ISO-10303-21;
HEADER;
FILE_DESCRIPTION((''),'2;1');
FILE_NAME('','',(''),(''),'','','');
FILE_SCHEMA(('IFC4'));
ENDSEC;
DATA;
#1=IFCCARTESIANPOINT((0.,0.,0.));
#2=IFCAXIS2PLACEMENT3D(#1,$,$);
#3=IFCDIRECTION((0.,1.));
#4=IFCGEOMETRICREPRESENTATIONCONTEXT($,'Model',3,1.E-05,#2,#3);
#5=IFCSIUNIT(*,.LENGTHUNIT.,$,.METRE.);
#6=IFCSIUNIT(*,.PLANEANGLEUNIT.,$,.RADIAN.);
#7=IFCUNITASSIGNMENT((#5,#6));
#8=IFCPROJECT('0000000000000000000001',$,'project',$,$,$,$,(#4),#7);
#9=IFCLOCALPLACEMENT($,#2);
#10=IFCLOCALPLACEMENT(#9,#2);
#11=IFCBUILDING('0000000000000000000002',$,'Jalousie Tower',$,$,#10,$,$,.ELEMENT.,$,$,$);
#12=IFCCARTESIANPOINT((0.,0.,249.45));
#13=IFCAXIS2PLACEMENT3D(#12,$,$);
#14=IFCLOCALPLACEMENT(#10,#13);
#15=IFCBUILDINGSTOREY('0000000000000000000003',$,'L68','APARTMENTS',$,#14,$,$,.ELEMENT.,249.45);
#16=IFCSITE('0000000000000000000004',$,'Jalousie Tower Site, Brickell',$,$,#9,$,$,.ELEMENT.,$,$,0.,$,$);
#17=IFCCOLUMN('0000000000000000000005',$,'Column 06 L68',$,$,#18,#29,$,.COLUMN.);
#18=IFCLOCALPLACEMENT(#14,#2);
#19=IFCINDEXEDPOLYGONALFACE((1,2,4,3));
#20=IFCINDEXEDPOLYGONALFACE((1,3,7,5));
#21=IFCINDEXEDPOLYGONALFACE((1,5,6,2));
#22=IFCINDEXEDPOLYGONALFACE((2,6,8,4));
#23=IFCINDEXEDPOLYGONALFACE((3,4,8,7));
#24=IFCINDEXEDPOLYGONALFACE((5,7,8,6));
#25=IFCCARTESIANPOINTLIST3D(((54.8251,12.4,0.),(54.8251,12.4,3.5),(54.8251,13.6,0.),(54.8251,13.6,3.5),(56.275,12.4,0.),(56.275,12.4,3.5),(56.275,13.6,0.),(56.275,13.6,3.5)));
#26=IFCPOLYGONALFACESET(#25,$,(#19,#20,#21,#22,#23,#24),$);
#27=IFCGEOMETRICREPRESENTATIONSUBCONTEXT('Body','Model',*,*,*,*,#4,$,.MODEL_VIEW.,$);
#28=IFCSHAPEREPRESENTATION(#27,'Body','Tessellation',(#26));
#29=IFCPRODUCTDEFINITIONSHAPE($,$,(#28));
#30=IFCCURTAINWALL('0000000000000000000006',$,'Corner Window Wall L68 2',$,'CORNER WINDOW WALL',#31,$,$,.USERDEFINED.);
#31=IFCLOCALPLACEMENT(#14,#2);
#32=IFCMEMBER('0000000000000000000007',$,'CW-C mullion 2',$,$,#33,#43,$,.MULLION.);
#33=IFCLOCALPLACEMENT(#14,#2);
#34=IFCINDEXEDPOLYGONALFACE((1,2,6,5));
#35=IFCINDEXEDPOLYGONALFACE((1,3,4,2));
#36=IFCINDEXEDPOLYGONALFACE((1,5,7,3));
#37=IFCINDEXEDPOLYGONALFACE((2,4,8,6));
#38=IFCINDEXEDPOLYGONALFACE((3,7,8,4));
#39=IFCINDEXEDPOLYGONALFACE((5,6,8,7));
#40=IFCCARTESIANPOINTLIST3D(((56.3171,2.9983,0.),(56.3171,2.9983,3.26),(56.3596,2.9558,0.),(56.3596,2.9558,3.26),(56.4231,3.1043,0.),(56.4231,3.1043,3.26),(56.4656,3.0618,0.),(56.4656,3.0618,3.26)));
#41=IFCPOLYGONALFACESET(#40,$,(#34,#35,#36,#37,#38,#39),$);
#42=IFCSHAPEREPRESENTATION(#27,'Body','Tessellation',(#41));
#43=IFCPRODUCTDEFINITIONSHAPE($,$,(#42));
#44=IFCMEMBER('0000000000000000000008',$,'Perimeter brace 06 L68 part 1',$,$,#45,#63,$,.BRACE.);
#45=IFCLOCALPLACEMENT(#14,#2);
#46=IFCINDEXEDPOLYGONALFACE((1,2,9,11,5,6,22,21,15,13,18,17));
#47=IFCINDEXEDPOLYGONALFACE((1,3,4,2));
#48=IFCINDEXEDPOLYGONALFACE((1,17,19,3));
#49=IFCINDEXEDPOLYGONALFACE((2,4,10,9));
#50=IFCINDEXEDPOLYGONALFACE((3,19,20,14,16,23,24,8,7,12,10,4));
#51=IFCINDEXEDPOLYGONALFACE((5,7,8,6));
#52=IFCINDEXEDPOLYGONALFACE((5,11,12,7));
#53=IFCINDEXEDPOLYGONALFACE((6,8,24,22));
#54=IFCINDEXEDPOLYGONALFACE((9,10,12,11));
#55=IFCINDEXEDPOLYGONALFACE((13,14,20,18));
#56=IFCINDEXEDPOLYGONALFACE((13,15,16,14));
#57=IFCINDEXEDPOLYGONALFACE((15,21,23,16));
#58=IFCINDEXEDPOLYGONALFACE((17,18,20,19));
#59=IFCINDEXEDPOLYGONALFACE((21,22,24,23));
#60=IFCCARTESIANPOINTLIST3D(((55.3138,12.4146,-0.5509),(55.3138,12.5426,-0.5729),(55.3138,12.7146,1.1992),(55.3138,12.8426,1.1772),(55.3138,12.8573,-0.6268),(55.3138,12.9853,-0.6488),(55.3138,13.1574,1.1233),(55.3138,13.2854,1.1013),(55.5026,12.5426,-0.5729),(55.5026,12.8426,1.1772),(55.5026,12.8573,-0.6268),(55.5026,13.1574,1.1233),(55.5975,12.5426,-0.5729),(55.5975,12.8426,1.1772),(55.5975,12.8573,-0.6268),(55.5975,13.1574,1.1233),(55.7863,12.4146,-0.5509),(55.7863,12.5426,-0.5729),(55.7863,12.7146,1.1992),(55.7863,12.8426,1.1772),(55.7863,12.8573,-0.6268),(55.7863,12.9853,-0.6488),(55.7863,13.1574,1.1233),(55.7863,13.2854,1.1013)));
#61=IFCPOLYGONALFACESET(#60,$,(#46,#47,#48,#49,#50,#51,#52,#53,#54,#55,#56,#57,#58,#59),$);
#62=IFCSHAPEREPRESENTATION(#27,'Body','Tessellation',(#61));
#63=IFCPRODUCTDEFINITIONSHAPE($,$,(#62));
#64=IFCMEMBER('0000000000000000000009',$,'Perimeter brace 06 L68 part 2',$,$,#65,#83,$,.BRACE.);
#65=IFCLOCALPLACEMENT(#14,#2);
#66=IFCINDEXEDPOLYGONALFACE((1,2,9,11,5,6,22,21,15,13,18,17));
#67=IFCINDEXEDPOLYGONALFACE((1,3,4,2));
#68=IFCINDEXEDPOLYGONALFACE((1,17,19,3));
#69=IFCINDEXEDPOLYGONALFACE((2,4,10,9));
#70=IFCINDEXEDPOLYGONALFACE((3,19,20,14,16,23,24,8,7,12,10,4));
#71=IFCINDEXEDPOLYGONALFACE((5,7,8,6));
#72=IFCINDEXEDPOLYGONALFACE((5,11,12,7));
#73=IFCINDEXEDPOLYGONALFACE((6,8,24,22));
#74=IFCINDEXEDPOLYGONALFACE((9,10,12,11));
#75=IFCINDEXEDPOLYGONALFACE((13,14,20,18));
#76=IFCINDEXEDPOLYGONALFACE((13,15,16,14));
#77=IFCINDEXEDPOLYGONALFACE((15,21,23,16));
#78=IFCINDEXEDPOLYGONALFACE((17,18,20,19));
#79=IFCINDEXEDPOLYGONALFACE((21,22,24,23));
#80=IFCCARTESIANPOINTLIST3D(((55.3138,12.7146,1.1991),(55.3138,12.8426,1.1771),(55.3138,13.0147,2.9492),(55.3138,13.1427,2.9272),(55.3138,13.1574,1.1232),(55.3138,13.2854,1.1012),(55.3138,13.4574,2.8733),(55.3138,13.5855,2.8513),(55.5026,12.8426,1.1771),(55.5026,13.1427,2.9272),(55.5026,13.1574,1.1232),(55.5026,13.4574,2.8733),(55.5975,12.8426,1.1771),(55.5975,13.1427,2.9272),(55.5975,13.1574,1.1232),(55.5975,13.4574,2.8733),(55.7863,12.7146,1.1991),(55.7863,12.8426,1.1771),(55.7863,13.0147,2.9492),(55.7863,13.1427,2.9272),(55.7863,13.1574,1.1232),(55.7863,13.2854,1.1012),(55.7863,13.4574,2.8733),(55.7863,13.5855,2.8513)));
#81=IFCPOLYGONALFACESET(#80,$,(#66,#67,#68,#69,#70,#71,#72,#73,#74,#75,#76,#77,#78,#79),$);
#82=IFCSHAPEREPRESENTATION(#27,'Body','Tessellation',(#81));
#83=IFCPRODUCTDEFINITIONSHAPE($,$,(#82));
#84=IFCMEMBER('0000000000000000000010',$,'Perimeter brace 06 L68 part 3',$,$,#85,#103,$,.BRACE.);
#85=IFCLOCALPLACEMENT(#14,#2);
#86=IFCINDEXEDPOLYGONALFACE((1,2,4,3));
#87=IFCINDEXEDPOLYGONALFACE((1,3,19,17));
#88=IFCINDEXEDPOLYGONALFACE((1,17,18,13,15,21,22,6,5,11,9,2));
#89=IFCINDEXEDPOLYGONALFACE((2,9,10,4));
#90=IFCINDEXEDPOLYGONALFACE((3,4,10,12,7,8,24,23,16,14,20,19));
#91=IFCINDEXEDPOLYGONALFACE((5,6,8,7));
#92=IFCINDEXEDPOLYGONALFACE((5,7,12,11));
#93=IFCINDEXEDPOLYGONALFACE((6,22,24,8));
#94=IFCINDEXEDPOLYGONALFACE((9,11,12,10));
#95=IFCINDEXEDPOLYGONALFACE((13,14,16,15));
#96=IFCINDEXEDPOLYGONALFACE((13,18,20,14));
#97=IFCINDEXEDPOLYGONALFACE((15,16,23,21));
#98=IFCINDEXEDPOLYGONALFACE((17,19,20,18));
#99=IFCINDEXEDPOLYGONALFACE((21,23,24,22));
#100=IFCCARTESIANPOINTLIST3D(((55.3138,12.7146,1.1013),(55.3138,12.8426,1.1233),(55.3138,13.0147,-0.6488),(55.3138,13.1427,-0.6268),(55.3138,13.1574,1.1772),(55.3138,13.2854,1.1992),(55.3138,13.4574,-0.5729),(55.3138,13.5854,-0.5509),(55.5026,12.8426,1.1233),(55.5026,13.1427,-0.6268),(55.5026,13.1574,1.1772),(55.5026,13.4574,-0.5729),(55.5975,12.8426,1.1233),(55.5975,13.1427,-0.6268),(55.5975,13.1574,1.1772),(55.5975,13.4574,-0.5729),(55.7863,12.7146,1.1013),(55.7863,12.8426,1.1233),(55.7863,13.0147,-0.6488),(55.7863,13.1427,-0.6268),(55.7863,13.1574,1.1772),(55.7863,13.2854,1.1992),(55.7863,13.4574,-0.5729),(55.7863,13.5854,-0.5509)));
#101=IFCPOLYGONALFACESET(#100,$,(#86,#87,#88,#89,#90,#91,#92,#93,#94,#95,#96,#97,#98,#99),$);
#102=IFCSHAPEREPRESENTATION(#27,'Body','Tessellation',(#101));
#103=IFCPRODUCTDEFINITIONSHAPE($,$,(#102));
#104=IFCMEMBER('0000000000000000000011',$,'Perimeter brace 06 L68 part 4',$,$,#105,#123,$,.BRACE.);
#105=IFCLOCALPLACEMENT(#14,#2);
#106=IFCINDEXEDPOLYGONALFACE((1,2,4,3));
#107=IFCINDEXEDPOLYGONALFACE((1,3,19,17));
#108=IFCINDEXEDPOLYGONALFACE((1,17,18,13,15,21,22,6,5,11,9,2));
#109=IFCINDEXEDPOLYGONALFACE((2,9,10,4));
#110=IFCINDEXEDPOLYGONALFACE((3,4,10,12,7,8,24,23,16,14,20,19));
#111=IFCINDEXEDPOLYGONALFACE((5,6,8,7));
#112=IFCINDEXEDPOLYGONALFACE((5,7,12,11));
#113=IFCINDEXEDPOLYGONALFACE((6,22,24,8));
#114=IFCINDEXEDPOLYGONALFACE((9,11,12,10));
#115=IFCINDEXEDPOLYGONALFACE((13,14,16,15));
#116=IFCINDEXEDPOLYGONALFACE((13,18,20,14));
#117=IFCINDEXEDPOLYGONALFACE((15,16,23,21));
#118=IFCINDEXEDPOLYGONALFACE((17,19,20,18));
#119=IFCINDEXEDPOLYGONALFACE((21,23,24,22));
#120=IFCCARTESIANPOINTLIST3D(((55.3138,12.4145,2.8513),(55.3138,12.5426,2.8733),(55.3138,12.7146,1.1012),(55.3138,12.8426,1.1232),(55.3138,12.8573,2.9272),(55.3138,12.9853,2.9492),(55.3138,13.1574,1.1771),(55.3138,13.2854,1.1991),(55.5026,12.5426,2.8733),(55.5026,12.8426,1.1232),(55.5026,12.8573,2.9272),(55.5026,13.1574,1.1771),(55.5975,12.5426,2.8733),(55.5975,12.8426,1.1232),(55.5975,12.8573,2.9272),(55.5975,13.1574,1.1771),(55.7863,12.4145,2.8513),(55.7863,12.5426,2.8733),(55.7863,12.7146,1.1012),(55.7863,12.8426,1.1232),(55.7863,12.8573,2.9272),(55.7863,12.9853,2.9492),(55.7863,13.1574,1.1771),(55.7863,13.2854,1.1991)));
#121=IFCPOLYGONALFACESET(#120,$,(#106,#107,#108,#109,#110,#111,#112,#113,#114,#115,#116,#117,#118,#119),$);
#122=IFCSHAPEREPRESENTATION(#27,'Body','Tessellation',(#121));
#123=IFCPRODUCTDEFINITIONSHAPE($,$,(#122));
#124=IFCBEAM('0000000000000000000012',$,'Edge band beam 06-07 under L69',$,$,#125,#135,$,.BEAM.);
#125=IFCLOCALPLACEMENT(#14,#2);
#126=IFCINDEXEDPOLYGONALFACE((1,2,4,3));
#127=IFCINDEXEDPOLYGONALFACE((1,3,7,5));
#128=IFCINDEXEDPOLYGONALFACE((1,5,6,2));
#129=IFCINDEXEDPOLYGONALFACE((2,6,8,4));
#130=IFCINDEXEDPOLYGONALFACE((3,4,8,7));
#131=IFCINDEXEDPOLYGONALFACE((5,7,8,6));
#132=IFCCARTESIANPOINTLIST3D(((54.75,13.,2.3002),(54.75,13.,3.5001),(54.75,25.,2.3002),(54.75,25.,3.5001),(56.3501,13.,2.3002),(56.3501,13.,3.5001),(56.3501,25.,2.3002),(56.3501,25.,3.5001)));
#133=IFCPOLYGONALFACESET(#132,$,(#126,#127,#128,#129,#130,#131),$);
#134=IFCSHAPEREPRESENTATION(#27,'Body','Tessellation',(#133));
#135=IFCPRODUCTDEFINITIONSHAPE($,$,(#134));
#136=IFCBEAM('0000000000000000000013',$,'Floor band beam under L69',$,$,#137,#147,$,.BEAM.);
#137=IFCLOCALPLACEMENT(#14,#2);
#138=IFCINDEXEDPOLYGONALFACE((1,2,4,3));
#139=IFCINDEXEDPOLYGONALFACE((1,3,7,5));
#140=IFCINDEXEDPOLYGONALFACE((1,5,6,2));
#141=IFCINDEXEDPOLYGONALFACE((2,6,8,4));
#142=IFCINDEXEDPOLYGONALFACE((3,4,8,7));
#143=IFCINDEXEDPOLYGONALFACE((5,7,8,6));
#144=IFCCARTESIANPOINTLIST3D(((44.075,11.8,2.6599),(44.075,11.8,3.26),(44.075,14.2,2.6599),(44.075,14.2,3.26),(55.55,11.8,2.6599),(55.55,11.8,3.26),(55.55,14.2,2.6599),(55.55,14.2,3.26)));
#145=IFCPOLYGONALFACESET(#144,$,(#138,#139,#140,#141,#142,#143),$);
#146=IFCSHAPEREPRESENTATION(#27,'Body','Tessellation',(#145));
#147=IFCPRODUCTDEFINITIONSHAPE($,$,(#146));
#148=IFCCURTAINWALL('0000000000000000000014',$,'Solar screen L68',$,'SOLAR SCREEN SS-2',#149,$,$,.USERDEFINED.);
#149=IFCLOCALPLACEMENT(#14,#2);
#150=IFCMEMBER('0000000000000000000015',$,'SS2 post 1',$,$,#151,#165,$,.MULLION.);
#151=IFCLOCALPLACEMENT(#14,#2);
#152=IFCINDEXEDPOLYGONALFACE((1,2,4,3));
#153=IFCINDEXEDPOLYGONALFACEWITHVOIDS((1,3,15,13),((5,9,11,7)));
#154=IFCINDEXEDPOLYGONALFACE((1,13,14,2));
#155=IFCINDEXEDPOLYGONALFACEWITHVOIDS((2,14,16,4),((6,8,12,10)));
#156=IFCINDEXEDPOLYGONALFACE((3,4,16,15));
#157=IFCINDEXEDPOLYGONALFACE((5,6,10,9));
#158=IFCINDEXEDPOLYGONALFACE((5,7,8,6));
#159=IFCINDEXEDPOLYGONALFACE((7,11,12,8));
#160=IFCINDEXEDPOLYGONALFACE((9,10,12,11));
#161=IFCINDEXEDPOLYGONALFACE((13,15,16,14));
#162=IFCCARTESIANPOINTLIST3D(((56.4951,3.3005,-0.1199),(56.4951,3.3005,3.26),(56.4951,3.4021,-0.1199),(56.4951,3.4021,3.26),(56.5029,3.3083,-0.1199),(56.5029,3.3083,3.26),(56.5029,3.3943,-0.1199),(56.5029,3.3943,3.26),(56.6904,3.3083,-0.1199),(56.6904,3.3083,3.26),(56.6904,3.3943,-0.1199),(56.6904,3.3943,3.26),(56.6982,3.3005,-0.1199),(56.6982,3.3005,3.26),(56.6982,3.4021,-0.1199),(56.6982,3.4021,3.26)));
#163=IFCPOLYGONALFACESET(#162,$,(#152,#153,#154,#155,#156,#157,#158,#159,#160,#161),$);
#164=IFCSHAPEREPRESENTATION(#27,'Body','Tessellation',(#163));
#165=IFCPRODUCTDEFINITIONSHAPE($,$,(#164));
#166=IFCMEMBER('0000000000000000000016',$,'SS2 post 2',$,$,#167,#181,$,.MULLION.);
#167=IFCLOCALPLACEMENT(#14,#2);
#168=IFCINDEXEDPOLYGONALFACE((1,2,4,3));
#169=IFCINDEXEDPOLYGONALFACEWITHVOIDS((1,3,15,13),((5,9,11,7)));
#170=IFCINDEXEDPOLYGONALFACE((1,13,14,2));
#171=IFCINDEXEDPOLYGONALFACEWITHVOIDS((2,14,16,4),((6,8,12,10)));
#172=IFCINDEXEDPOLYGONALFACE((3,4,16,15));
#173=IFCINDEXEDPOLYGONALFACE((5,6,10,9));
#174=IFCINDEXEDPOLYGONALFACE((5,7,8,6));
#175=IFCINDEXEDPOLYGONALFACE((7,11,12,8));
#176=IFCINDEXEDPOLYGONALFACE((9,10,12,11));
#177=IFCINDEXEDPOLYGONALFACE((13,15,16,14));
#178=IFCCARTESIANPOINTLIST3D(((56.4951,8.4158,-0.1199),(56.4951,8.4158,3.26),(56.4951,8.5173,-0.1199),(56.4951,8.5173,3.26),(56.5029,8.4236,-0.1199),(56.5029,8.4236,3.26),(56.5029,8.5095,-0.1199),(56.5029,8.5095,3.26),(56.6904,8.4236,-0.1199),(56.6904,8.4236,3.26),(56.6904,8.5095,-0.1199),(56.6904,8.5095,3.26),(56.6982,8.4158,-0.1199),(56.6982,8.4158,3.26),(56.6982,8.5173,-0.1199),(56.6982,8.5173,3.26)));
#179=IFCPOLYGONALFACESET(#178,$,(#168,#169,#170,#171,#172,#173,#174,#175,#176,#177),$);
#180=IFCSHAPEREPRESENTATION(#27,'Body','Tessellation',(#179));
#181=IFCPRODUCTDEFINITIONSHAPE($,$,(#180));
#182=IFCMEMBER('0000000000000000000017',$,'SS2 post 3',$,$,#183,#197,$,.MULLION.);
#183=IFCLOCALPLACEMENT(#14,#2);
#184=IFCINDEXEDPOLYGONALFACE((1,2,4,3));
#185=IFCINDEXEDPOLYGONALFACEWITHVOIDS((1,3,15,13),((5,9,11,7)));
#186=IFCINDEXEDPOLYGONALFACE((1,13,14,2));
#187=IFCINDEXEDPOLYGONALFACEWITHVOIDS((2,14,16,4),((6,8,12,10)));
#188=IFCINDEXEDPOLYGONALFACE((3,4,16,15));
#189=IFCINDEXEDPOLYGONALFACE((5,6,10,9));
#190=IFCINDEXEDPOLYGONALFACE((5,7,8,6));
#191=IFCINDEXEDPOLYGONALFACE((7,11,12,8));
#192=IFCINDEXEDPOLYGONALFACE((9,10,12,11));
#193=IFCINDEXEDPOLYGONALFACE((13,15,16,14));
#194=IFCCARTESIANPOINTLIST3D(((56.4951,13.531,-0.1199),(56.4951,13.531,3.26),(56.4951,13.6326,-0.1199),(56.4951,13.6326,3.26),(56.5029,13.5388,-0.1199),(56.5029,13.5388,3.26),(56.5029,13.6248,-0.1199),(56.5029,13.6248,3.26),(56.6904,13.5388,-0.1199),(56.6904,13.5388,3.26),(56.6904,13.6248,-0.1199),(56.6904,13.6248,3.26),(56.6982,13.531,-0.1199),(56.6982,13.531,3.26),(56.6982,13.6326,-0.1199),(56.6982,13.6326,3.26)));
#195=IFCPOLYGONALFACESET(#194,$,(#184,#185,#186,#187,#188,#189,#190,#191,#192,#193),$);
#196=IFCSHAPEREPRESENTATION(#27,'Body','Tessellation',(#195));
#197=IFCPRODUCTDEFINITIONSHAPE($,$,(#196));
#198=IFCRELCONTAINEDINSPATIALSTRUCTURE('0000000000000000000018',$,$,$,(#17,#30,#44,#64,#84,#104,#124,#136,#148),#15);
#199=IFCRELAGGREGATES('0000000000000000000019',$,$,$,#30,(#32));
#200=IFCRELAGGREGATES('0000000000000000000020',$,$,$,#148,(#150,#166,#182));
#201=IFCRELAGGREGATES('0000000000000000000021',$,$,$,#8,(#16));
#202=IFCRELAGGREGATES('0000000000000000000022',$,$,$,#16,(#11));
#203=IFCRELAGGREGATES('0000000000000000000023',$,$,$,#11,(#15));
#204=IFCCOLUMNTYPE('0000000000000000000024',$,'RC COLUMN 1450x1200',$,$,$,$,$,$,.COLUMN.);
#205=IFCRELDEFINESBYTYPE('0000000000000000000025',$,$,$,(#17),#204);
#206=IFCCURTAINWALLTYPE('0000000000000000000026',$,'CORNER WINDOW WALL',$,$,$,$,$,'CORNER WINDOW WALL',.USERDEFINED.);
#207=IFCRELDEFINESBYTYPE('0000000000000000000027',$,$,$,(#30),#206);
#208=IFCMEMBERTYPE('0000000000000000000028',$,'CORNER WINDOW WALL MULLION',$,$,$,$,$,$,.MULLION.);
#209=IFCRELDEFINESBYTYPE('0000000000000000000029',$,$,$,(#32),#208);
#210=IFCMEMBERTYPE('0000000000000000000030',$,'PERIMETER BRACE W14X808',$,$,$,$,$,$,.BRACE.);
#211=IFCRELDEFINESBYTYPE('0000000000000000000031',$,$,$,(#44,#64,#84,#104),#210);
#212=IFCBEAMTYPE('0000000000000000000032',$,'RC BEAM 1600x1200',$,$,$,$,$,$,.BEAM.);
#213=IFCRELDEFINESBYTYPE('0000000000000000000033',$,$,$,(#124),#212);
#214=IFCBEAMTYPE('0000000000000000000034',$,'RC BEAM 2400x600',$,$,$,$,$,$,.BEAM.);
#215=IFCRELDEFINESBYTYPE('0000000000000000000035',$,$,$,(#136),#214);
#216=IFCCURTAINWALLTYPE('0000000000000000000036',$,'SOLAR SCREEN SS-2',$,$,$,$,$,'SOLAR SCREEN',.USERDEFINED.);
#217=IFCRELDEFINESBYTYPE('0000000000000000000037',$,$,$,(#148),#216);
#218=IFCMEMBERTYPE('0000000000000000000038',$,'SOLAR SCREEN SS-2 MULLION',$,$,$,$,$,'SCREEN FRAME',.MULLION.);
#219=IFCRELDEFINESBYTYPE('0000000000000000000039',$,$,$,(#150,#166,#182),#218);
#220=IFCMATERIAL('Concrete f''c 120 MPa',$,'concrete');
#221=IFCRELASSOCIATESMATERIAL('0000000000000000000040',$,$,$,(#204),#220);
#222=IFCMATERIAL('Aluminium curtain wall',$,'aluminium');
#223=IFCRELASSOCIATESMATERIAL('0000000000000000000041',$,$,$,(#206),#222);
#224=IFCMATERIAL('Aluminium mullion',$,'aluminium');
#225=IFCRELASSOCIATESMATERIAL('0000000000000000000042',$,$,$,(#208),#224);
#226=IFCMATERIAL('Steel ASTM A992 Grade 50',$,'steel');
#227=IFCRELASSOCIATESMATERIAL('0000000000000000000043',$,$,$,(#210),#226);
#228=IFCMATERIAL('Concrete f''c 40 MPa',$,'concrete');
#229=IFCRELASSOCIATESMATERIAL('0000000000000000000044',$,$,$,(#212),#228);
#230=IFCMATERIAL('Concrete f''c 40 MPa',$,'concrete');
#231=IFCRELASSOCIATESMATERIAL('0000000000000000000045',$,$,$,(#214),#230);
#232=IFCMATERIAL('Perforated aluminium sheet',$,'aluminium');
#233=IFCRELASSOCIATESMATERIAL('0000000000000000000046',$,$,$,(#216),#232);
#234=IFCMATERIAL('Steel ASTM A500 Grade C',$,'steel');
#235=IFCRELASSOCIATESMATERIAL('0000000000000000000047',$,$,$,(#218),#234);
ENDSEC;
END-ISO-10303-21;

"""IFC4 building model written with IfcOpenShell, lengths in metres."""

from ifc_helpers import new_model, si_unit, direction, frame, origin, origin_2d, place, context, subcontext, project, spatial, rectangle, hollow_rectangle, i_section, extrude, material, material_profile, profile_set, type_object, element, aggregate, save


model = new_model("IFC4")

# Units and contexts
model_context = context("Model", 3, precision=1e-05, world=origin(), true_north=direction((0.0, 1.0)))
body_context = subcontext(model_context, "Body", "Model", "MODEL_VIEW")
ifc_project = project(units=[si_unit("LENGTHUNIT", "METRE"), si_unit("PLANEANGLEUNIT", "RADIAN")], contexts=[model_context])

# Site, building, storey
site_placement = place(None, origin())
site = spatial("IfcSite", under=ifc_project, at=site_placement, Name="Jalousie Tower Site, Brickell", CompositionType="ELEMENT", RefElevation=0.0)
building_placement = place(site_placement, origin())
building = spatial("IfcBuilding", under=site, at=building_placement, Name="Jalousie Tower", CompositionType="ELEMENT")
storey_placement = place(building_placement, frame((0.0, 0.0, 249.45)))
storey = spatial("IfcBuildingStorey", under=building, at=storey_placement, Name="L68", Description="APARTMENTS", CompositionType="ELEMENT", Elevation=249.45)

# Column
ifc_material_1 = material(Name="Concrete f'c 120 MPa", Category="concrete")
ifc_material_profile_1 = material_profile(ifc_material_1, rectangle(XDim=1.45, YDim=1.2, at=origin_2d()), Name="RC 1450x1200")
ifc_profile_set_1 = profile_set([ifc_material_profile_1], Name="Concrete f'c 120 MPa")
column_type = type_object("IfcColumnType", Name="RC COLUMN 1450x1200", PredefinedType="COLUMN", material=ifc_profile_set_1)
column_placement = place(storey_placement, frame((55.55, 13.0, 0.0), z_axis=(0.0, 0.0, 1.0), x_axis=(1.0, 0.0, 0.0)))
element("IfcColumn", 1, at=column_placement, inside=storey, type_object=column_type, Name="Column 06 L68", PredefinedType="COLUMN", context=body_context, shape_type="SweptSolid", body=[
    extrude(rectangle(XDim=1.45, YDim=1.2, at=origin_2d()), origin(), (0.0, 0.0, 1.0), 3.5),
])

# Curtain wall, member
ifc_material_2 = material(Name="Aluminium curtain wall", Category="aluminium")
curtain_wall_type_1 = type_object("IfcCurtainWallType", Name="CORNER WINDOW WALL", ElementType="CORNER WINDOW WALL", PredefinedType="USERDEFINED", material=ifc_material_2)
curtain_wall_1_placement = place(storey_placement, origin())
curtain_wall_1 = element("IfcCurtainWall", 2, at=curtain_wall_1_placement, inside=storey, type_object=curtain_wall_type_1, Name="Corner Window Wall L68 2", ObjectType="CORNER WINDOW WALL", PredefinedType="USERDEFINED")
ifc_material_3 = material(Name="Aluminium mullion", Category="aluminium")
ifc_material_profile_2 = material_profile(ifc_material_3, rectangle(XDim=0.0601, YDim=0.1499, at=origin_2d()), Name="MULLION 60x150")
ifc_profile_set_2 = profile_set([ifc_material_profile_2], Name="Aluminium mullion")
member_type_1 = type_object("IfcMemberType", Name="CORNER WINDOW WALL MULLION", PredefinedType="MULLION", material=ifc_profile_set_2)
member_1_placement = place(storey_placement, frame((56.3914, 3.03, 0.0), z_axis=(0.0, 0.0, 1.0), x_axis=(-0.707107, 0.707107, 0.0)))
member_1 = element("IfcMember", 3, at=member_1_placement, type_object=member_type_1, Name="CW-C mullion 2", PredefinedType="MULLION", context=body_context, shape_type="SweptSolid", body=[
    extrude(rectangle(XDim=0.0601, YDim=0.1499, at=origin_2d()), origin(), (0.0, 0.0, 1.0), 3.26),
])
aggregate(curtain_wall_1, [member_1])

# Members
ifc_material_4 = material(Name="Steel ASTM A992 Grade 50", Category="steel")
ifc_material_profile_3 = material_profile(ifc_material_4, i_section(OverallWidth=0.4724, OverallDepth=0.5791, WebThickness=0.095, FlangeThickness=0.1299, at=origin_2d()), Name="W14X808")
ifc_profile_set_3 = profile_set([ifc_material_profile_3], Name="Steel ASTM A992 Grade 50")
member_type_2 = type_object("IfcMemberType", Name="PERIMETER BRACE W14X808", PredefinedType="BRACE", material=ifc_profile_set_3)
for number, where, z_axis, x_axis, name in (
    (4, (55.55, 12.7, -0.5999), (0.0, 0.168991, 0.985618), (-1.0, 0.0, 0.0), "Perimeter brace 06 L68 part 1"),
    (5, (55.55, 13.0, 1.1501), (0.0, 0.168991, 0.985618), (-1.0, 0.0, 0.0), "Perimeter brace 06 L68 part 2"),
    (6, (55.55, 13.3, -0.5999), (0.0, -0.168991, 0.985618), (1.0, 0.0, 0.0), "Perimeter brace 06 L68 part 3"),
    (7, (55.55, 13.0, 1.1501), (0.0, -0.168991, 0.985618), (1.0, 0.0, 0.0), "Perimeter brace 06 L68 part 4"),
):
    element("IfcMember", number, at=place(storey_placement, frame(where, z_axis=z_axis, x_axis=x_axis)), inside=storey, type_object=member_type_2, Name=name, PredefinedType="BRACE", context=body_context, shape_type="SweptSolid", body=[
        extrude(i_section(OverallWidth=0.4724, OverallDepth=0.5791, WebThickness=0.095, FlangeThickness=0.1299, at=origin_2d()), origin(), (0.0, 0.0, 1.0), 1.7756),
    ])

# Beams
ifc_material_5 = material(Name="Concrete f'c 40 MPa", Category="concrete")
ifc_material_profile_4 = material_profile(ifc_material_5, rectangle(XDim=1.6001, YDim=1.2, at=origin_2d()), Name="RC 1600x1200")
ifc_profile_set_4 = profile_set([ifc_material_profile_4], Name="Concrete f'c 40 MPa")
beam_type_1 = type_object("IfcBeamType", Name="RC BEAM 1600x1200", PredefinedType="BEAM", material=ifc_profile_set_4)
beam_1_placement = place(storey_placement, frame((55.55, 13.0, 2.9001), z_axis=(0.0, 1.0, 0.0), x_axis=(-1.0, 0.0, 0.0)))
element("IfcBeam", 8, at=beam_1_placement, inside=storey, type_object=beam_type_1, Name="Edge band beam 06-07 under L69", PredefinedType="BEAM", context=body_context, shape_type="SweptSolid", body=[
    extrude(rectangle(XDim=1.6001, YDim=1.2, at=origin_2d()), origin(), (0.0, 0.0, 1.0), 12.0),
])
ifc_material_6 = material(Name="Concrete f'c 40 MPa", Category="concrete")
ifc_material_profile_5 = material_profile(ifc_material_6, rectangle(XDim=2.3999, YDim=0.6001, at=origin_2d()), Name="RC 2400x600")
ifc_profile_set_5 = profile_set([ifc_material_profile_5], Name="Concrete f'c 40 MPa")
beam_type_2 = type_object("IfcBeamType", Name="RC BEAM 2400x600", PredefinedType="BEAM", material=ifc_profile_set_5)
beam_2_placement = place(storey_placement, frame((55.55, 13.0, 2.96), z_axis=(-1.0, 0.0, 0.0), x_axis=(0.0, -1.0, 0.0)))
element("IfcBeam", 9, at=beam_2_placement, inside=storey, type_object=beam_type_2, Name="Floor band beam under L69", PredefinedType="BEAM", context=body_context, shape_type="SweptSolid", body=[
    extrude(rectangle(XDim=2.3999, YDim=0.6001, at=origin_2d()), origin(), (0.0, 0.0, 1.0), 11.4751),
])

# Curtain wall, members
ifc_material_7 = material(Name="Perforated aluminium sheet", Category="aluminium")
curtain_wall_type_2 = type_object("IfcCurtainWallType", Name="SOLAR SCREEN SS-2", ElementType="SOLAR SCREEN", PredefinedType="USERDEFINED", material=ifc_material_7)
curtain_wall_2_placement = place(storey_placement, origin())
curtain_wall_2 = element("IfcCurtainWall", 10, at=curtain_wall_2_placement, inside=storey, type_object=curtain_wall_type_2, Name="Solar screen L68", ObjectType="SOLAR SCREEN SS-2", PredefinedType="USERDEFINED")
ifc_material_8 = material(Name="Steel ASTM A500 Grade C", Category="steel")
ifc_material_profile_6 = material_profile(ifc_material_8, hollow_rectangle(XDim=0.1016, YDim=0.2031, WallThickness=0.0078, at=origin_2d()), Name="HSS8X4X5/16")
ifc_profile_set_6 = profile_set([ifc_material_profile_6], Name="Steel ASTM A500 Grade C")
member_type_3 = type_object("IfcMemberType", Name="SOLAR SCREEN SS-2 MULLION", ElementType="SCREEN FRAME", PredefinedType="MULLION", material=ifc_profile_set_6)
member_2_placement = place(storey_placement, frame((56.5967, 3.3513, -0.1199), z_axis=(0.0, 0.0, 1.0), x_axis=(0.0, 1.0, 0.0)))
member_2 = element("IfcMember", 11, at=member_2_placement, type_object=member_type_3, Name="SS2 post 1", PredefinedType="MULLION", context=body_context, shape_type="SweptSolid", body=[
    extrude(hollow_rectangle(XDim=0.1016, YDim=0.2031, WallThickness=0.0078, at=origin_2d()), origin(), (0.0, 0.0, 1.0), 3.3799),
])
member_3_placement = place(storey_placement, frame((56.5967, 8.4666, -0.1199), z_axis=(0.0, 0.0, 1.0), x_axis=(0.0, 1.0, 0.0)))
member_3 = element("IfcMember", 12, at=member_3_placement, type_object=member_type_3, Name="SS2 post 2", PredefinedType="MULLION", context=body_context, shape_type="SweptSolid", body=[
    extrude(hollow_rectangle(XDim=0.1016, YDim=0.2031, WallThickness=0.0078, at=origin_2d()), origin(), (0.0, 0.0, 1.0), 3.3799),
])
member_4_placement = place(storey_placement, frame((56.5967, 13.5818, -0.1199), z_axis=(0.0, 0.0, 1.0), x_axis=(0.0, 1.0, 0.0)))
member_4 = element("IfcMember", 13, at=member_4_placement, type_object=member_type_3, Name="SS2 post 3", PredefinedType="MULLION", context=body_context, shape_type="SweptSolid", body=[
    extrude(hollow_rectangle(XDim=0.1016, YDim=0.2031, WallThickness=0.0078, at=origin_2d()), origin(), (0.0, 0.0, 1.0), 3.3799),
])
aggregate(curtain_wall_2, [member_2, member_3, member_4])

save(model, "model.ifc")
